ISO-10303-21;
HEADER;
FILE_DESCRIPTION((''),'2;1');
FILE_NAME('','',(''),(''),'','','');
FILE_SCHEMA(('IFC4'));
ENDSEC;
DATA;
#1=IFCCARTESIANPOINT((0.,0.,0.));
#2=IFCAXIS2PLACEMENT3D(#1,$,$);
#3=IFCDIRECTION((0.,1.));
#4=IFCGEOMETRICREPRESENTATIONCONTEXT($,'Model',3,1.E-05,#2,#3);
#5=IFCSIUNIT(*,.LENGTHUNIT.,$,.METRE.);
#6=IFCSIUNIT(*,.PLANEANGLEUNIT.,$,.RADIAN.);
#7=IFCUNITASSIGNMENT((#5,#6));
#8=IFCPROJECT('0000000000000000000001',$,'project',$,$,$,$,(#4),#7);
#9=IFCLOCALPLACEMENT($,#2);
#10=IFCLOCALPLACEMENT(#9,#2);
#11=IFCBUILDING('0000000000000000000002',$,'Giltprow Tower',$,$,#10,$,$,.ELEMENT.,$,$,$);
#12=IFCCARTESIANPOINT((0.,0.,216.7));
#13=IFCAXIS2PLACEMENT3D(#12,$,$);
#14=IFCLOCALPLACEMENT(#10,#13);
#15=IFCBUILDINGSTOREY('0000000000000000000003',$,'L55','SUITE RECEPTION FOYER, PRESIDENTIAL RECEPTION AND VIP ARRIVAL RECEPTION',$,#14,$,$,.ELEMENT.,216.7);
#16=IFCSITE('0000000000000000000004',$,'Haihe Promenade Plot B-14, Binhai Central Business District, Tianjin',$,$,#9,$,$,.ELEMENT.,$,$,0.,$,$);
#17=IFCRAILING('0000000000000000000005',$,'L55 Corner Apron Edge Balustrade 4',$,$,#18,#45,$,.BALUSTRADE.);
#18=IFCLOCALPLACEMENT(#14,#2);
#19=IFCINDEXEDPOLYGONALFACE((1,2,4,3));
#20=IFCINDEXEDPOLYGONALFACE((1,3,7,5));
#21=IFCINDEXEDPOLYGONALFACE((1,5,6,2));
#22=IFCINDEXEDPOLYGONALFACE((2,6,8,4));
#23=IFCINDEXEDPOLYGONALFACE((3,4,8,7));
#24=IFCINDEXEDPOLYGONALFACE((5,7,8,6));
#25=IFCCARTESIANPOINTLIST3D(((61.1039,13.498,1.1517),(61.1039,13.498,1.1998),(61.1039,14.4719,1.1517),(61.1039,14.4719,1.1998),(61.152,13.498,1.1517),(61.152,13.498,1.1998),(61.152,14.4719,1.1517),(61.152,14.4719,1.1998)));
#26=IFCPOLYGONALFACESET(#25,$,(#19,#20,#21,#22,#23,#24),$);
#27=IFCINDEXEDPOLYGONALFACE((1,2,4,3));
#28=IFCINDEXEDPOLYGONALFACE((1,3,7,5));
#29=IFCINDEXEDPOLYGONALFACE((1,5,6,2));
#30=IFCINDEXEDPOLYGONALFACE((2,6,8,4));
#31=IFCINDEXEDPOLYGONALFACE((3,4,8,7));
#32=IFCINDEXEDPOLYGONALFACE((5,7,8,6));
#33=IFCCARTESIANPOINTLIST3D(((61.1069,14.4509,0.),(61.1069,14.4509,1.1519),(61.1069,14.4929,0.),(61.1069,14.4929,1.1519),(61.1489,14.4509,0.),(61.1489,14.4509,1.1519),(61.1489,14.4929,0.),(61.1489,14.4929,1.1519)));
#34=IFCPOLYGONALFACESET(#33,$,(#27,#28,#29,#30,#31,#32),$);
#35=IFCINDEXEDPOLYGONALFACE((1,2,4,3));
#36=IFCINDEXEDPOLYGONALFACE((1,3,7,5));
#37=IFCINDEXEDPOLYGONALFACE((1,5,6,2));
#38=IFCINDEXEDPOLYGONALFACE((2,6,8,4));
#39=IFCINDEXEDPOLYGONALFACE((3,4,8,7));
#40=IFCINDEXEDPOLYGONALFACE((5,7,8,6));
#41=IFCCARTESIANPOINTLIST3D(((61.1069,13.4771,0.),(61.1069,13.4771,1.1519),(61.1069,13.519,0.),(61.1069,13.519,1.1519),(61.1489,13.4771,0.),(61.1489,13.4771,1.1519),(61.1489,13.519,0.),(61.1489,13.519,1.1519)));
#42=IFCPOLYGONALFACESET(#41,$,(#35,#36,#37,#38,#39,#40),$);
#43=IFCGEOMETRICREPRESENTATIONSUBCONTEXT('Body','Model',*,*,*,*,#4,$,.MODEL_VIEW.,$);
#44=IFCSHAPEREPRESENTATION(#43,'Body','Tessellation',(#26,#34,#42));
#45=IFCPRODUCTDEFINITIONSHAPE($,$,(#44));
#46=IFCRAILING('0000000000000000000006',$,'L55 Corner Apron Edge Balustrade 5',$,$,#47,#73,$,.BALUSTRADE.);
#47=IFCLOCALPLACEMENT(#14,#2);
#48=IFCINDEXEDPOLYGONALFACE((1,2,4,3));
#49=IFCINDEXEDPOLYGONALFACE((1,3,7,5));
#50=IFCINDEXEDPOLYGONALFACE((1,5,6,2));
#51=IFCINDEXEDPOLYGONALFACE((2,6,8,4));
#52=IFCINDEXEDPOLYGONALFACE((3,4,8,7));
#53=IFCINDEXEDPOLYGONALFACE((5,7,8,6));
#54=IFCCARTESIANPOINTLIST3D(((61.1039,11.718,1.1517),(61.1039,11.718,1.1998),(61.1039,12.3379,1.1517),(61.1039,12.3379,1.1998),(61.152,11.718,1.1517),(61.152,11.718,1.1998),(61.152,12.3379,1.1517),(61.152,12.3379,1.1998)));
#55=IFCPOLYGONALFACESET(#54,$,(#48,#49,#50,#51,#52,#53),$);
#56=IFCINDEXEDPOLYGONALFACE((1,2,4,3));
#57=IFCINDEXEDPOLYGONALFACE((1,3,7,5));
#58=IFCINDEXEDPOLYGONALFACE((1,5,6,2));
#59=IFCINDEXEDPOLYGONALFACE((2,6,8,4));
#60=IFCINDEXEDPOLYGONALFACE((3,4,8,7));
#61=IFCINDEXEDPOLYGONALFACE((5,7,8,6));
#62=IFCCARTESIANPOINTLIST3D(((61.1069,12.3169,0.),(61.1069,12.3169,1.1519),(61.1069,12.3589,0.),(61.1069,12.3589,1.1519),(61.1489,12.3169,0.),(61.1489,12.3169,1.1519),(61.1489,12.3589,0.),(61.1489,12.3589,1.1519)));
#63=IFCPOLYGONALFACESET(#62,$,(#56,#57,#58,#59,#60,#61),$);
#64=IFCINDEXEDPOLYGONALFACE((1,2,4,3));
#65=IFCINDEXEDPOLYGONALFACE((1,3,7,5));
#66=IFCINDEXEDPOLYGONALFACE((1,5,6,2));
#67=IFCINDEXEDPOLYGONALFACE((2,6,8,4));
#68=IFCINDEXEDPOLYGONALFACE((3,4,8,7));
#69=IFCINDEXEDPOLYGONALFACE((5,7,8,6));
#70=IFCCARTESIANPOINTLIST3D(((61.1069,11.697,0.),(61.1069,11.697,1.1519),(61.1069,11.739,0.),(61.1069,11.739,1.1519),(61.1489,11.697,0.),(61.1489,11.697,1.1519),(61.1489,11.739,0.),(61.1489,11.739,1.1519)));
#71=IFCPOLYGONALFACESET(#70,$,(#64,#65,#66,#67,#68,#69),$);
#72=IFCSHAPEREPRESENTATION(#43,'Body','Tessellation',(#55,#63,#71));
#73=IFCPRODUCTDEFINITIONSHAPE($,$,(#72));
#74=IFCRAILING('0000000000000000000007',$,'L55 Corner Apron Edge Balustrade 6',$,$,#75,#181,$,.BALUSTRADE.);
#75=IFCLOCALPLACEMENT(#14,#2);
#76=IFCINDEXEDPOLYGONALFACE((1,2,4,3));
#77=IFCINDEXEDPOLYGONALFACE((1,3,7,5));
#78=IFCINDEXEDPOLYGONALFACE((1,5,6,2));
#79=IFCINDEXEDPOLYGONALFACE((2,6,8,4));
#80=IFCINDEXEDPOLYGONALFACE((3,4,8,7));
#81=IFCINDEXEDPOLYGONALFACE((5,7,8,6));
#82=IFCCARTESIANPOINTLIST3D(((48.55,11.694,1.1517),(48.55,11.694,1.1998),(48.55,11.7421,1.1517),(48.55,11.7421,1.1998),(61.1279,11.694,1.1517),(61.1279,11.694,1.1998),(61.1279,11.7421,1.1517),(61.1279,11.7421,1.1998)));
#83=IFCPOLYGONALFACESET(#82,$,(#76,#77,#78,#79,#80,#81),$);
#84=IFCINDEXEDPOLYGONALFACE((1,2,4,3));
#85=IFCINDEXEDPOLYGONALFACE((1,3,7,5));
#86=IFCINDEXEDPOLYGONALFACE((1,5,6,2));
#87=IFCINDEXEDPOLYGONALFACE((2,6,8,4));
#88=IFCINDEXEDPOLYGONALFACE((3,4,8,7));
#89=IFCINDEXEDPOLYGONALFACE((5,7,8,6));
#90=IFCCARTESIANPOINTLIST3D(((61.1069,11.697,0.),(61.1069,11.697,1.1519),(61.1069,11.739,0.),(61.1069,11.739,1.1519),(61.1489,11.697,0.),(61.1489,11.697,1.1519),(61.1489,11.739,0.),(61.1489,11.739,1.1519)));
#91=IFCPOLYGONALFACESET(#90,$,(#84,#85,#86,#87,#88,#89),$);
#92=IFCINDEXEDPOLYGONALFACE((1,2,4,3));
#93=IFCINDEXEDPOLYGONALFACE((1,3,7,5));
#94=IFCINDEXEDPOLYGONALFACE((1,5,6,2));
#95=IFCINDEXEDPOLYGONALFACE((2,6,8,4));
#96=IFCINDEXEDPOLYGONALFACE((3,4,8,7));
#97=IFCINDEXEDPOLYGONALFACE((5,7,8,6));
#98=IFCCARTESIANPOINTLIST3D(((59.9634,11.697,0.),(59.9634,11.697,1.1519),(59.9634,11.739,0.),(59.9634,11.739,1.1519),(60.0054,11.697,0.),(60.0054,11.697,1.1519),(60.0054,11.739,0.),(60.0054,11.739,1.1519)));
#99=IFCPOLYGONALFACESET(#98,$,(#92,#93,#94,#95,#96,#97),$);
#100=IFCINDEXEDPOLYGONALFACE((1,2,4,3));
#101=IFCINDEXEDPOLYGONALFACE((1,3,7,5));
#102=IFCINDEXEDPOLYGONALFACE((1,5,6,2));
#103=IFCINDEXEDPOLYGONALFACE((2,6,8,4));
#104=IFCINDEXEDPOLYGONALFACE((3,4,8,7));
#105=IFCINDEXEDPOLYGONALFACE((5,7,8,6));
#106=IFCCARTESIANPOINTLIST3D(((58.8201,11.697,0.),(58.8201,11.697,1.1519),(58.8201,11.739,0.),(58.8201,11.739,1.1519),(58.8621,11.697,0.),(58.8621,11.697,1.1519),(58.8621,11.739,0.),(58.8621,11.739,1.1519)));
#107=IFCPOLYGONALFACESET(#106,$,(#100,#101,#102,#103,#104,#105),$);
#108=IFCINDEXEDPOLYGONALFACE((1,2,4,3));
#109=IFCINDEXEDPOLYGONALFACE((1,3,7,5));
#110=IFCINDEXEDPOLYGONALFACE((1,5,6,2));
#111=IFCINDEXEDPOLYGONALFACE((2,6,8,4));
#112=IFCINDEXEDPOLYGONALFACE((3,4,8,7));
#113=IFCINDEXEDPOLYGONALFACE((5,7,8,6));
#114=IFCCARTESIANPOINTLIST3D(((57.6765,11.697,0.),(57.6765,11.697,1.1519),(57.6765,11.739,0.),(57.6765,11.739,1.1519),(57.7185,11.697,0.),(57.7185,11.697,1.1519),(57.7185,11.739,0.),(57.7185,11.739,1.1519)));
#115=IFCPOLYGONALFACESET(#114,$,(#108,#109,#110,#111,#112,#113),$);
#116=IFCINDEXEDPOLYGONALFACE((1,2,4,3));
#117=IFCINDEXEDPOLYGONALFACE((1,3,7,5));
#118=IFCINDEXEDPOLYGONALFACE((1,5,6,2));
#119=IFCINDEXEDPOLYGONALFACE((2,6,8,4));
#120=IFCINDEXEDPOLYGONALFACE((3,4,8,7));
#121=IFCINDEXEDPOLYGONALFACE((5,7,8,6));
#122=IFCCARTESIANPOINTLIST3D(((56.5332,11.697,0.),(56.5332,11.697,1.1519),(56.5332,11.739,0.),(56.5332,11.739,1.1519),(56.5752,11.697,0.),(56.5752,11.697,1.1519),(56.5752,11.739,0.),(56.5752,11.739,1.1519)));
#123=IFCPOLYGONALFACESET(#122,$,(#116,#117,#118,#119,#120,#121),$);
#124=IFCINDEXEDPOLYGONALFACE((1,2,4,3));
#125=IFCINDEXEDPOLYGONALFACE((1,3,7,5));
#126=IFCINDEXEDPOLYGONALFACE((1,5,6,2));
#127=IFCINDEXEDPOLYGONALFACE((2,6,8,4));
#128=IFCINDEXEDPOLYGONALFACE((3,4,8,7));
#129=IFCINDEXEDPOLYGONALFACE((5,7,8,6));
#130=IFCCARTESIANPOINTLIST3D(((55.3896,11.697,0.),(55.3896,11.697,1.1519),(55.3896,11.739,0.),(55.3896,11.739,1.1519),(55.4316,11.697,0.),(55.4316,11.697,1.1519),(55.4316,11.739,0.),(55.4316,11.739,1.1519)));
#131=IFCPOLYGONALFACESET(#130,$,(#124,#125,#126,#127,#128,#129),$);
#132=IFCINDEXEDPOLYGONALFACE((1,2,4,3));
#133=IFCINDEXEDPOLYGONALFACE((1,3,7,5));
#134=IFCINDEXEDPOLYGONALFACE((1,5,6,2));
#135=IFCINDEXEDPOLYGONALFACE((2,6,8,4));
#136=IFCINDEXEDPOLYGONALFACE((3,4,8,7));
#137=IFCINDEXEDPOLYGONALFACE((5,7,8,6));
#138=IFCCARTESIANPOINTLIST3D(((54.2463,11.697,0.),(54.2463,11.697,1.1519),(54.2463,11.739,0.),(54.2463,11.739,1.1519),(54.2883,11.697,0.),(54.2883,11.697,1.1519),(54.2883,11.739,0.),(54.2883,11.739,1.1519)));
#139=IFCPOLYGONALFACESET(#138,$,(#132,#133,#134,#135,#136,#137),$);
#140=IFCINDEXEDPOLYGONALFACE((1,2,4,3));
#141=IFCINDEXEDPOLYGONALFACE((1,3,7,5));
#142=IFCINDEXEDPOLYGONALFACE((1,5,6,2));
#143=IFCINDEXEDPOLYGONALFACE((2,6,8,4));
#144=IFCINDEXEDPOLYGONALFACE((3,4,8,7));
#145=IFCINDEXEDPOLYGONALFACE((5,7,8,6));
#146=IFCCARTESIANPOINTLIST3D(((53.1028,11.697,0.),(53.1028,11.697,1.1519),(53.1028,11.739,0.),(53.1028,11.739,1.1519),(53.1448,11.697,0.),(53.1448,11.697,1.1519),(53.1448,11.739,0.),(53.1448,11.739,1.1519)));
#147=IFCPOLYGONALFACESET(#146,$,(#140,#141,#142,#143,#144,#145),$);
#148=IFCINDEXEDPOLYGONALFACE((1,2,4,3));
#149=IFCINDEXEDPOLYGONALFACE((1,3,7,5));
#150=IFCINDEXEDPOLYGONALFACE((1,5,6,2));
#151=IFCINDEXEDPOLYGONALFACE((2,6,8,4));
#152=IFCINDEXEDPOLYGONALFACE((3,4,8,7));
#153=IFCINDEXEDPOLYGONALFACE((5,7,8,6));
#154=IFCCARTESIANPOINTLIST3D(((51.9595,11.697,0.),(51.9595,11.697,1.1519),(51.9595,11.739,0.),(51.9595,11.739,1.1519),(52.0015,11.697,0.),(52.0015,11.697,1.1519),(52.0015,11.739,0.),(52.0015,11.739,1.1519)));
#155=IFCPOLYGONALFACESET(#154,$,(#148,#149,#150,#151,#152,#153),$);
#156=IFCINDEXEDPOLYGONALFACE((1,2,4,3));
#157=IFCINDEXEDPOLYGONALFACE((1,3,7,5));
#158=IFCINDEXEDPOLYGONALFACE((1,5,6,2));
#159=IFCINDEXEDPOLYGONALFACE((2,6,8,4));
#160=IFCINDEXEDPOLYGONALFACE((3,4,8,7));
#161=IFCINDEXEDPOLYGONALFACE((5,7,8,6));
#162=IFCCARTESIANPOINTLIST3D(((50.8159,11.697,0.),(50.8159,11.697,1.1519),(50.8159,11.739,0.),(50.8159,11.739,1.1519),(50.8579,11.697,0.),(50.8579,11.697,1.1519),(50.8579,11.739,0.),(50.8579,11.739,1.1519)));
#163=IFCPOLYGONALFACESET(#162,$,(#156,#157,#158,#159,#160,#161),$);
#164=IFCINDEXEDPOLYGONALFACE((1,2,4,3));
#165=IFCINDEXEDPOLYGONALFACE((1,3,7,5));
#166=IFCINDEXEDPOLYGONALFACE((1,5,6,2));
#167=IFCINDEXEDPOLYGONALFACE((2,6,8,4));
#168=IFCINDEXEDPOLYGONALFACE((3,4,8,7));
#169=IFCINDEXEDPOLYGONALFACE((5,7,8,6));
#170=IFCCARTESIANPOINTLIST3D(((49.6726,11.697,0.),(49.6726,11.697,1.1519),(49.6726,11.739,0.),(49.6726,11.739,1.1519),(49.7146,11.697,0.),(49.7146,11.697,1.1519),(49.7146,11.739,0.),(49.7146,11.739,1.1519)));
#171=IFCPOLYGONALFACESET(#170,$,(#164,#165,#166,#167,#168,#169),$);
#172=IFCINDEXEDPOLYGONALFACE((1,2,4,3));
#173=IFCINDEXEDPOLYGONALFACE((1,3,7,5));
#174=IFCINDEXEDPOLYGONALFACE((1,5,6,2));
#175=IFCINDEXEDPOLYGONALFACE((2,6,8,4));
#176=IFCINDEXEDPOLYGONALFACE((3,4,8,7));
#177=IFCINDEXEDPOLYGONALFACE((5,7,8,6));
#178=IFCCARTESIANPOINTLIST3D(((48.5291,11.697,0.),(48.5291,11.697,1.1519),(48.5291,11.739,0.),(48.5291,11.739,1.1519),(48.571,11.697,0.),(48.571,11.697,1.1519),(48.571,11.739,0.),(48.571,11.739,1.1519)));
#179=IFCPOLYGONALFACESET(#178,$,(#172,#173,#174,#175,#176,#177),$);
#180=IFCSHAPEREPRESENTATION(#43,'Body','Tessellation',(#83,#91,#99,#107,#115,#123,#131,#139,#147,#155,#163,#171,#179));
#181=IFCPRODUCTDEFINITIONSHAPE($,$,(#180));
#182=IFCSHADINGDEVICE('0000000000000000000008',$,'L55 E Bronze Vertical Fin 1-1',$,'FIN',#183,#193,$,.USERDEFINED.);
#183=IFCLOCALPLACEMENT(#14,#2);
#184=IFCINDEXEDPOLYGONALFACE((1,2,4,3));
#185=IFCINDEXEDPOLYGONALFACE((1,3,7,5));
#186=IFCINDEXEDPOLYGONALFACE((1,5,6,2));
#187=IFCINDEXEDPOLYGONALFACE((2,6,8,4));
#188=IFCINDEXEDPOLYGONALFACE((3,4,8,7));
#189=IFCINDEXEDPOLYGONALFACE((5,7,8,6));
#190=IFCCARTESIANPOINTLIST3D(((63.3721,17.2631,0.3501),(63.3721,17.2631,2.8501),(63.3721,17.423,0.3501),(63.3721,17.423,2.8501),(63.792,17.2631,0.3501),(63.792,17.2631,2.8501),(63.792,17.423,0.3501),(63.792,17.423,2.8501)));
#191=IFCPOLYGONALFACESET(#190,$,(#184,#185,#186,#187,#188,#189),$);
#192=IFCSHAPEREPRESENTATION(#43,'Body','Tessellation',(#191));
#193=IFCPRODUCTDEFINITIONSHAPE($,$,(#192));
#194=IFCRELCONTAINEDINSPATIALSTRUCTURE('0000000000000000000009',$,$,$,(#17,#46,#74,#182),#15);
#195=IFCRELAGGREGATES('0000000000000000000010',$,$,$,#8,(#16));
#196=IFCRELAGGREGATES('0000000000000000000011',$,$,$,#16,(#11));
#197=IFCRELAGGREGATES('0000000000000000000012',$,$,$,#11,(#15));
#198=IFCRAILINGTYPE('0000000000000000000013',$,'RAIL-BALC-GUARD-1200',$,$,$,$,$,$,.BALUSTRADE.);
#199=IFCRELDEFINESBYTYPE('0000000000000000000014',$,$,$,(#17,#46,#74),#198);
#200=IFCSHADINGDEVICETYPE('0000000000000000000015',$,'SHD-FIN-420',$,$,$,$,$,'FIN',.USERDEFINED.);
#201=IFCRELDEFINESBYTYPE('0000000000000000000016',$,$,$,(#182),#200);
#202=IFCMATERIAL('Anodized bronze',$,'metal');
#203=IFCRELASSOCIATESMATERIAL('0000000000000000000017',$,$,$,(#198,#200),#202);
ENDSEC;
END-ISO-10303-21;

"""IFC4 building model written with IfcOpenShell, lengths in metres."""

from ifc_helpers import new_model, si_unit, direction, frame, origin, origin_2d, place, context, subcontext, project, spatial, rectangle, extrude, source, transform, mapped, material, type_object, element, save


model = new_model("IFC4")

# Units and contexts
model_context = context("Model", 3, precision=1e-05, world=origin(), true_north=direction((0.0, 1.0)))
body_context = subcontext(model_context, "Body", "Model", "MODEL_VIEW")
ifc_project = project(units=[si_unit("LENGTHUNIT", "METRE"), si_unit("PLANEANGLEUNIT", "RADIAN")], contexts=[model_context])

# Site, building, storey
site_placement = place(None, origin())
site = spatial("IfcSite", under=ifc_project, at=site_placement, Name="Haihe Promenade Plot B-14, Binhai Central Business District, Tianjin", CompositionType="ELEMENT", RefElevation=0.0)
building_placement = place(site_placement, origin())
building = spatial("IfcBuilding", under=site, at=building_placement, Name="Giltprow Tower", CompositionType="ELEMENT")
storey_placement = place(building_placement, frame((0.0, 0.0, 216.7)))
storey = spatial("IfcBuildingStorey", under=building, at=storey_placement, Name="L55", Description="SUITE RECEPTION FOYER, PRESIDENTIAL RECEPTION AND VIP ARRIVAL RECEPTION", CompositionType="ELEMENT", Elevation=216.7)

# Shared definitions
ifc_material_1 = material(Name="Anodized bronze", Category="metal")

# Railings
railing_type = type_object("IfcRailingType", Name="RAIL-BALC-GUARD-1200", PredefinedType="BALUSTRADE", material=ifc_material_1)
railing_1_placement = place(storey_placement, frame((61.1279, 14.4719, 0.0)))
element("IfcRailing", 1, at=railing_1_placement, inside=storey, type_object=railing_type, Name="L55 Corner Apron Edge Balustrade 4", PredefinedType="BALUSTRADE", context=body_context, shape_type="SweptSolid", body=[
    extrude(rectangle(XDim=0.0481, YDim=0.0481, at=origin_2d()), frame((0.0, 0.0, 1.1758), z_axis=(0.0, -1.0, 0.0), x_axis=(1.0, 0.0, 0.0)), (0.0, 0.0, 1.0), 0.9739),
    extrude(rectangle(XDim=0.042, YDim=0.042, at=origin_2d()), origin(), (0.0, 0.0, 1.0), 1.1519),
    extrude(rectangle(XDim=0.042, YDim=0.042, at=origin_2d()), frame((0.0, -0.9739, 0.0)), (0.0, 0.0, 1.0), 1.1519),
])
railing_2_placement = place(storey_placement, frame((61.1279, 12.3379, 0.0)))
element("IfcRailing", 2, at=railing_2_placement, inside=storey, type_object=railing_type, Name="L55 Corner Apron Edge Balustrade 5", PredefinedType="BALUSTRADE", context=body_context, shape_type="SweptSolid", body=[
    extrude(rectangle(XDim=0.0481, YDim=0.0481, at=origin_2d()), frame((0.0, 0.0, 1.1758), z_axis=(0.0, -1.0, 0.0), x_axis=(1.0, 0.0, 0.0)), (0.0, 0.0, 1.0), 0.6199),
    extrude(rectangle(XDim=0.042, YDim=0.042, at=origin_2d()), origin(), (0.0, 0.0, 1.0), 1.1519),
    extrude(rectangle(XDim=0.042, YDim=0.042, at=origin_2d()), frame((0.0, -0.6199, 0.0)), (0.0, 0.0, 1.0), 1.1519),
])
railing_3_placement = place(storey_placement, frame((61.1279, 11.718, 0.0)))
element("IfcRailing", 3, at=railing_3_placement, inside=storey, type_object=railing_type, Name="L55 Corner Apron Edge Balustrade 6", PredefinedType="BALUSTRADE", context=body_context, shape_type="SweptSolid", body=[
    extrude(rectangle(XDim=0.0481, YDim=0.0481, at=origin_2d()), frame((0.0, 0.0, 1.1758), z_axis=(-1.0, 0.0, 0.0), x_axis=(0.0, -1.0, 0.0)), (0.0, 0.0, 1.0), 12.5779),
    extrude(rectangle(XDim=0.042, YDim=0.042, at=origin_2d()), origin(), (0.0, 0.0, 1.0), 1.1519),
    extrude(rectangle(XDim=0.042, YDim=0.042, at=origin_2d()), frame((-1.1436, 0.0, 0.0)), (0.0, 0.0, 1.0), 1.1519),
    extrude(rectangle(XDim=0.042, YDim=0.042, at=origin_2d()), frame((-2.2869, 0.0, 0.0)), (0.0, 0.0, 1.0), 1.1519),
    extrude(rectangle(XDim=0.042, YDim=0.042, at=origin_2d()), frame((-3.4304, 0.0, 0.0)), (0.0, 0.0, 1.0), 1.1519),
    extrude(rectangle(XDim=0.042, YDim=0.042, at=origin_2d()), frame((-4.5737, 0.0, 0.0)), (0.0, 0.0, 1.0), 1.1519),
    extrude(rectangle(XDim=0.042, YDim=0.042, at=origin_2d()), frame((-5.7173, 0.0, 0.0)), (0.0, 0.0, 1.0), 1.1519),
    extrude(rectangle(XDim=0.042, YDim=0.042, at=origin_2d()), frame((-6.8606, 0.0, 0.0)), (0.0, 0.0, 1.0), 1.1519),
    extrude(rectangle(XDim=0.042, YDim=0.042, at=origin_2d()), frame((-8.0042, 0.0, 0.0)), (0.0, 0.0, 1.0), 1.1519),
    extrude(rectangle(XDim=0.042, YDim=0.042, at=origin_2d()), frame((-9.1475, 0.0, 0.0)), (0.0, 0.0, 1.0), 1.1519),
    extrude(rectangle(XDim=0.042, YDim=0.042, at=origin_2d()), frame((-10.291, 0.0, 0.0)), (0.0, 0.0, 1.0), 1.1519),
    extrude(rectangle(XDim=0.042, YDim=0.042, at=origin_2d()), frame((-11.4343, 0.0, 0.0)), (0.0, 0.0, 1.0), 1.1519),
    extrude(rectangle(XDim=0.042, YDim=0.042, at=origin_2d()), frame((-12.5779, 0.0, 0.0)), (0.0, 0.0, 1.0), 1.1519),
])

# Shading device
shading_device_type = type_object("IfcShadingDeviceType", Name="SHD-FIN-420", ElementType="FIN", PredefinedType="USERDEFINED", material=ifc_material_1)
shared_shape_1 = source(origin(), body_context, "Body", "SweptSolid", [
    extrude(rectangle(XDim=0.4199, YDim=0.1599, at=origin_2d()), origin(), (0.0, 0.0, 1.0), 2.5),
])
shading_device_placement = place(storey_placement, frame((63.582, 17.343, 0.3501), z_axis=(0.0, 0.0, 1.0), x_axis=(1.0, 0.0, 0.0)))
element("IfcShadingDevice", 4, at=shading_device_placement, inside=storey, type_object=shading_device_type, Name="L55 E Bronze Vertical Fin 1-1", ObjectType="FIN", PredefinedType="USERDEFINED", context=body_context, shape_type="MappedRepresentation", body=[
    mapped(shared_shape_1, transform((0.0, 0.0, 0.0), x_axis=(1.0, 0.0, 0.0), y_axis=(0.0, 1.0, 0.0), z_axis=(0.0, 0.0, 1.0), scale=1.0)),
])

save(model, "model.ifc")
